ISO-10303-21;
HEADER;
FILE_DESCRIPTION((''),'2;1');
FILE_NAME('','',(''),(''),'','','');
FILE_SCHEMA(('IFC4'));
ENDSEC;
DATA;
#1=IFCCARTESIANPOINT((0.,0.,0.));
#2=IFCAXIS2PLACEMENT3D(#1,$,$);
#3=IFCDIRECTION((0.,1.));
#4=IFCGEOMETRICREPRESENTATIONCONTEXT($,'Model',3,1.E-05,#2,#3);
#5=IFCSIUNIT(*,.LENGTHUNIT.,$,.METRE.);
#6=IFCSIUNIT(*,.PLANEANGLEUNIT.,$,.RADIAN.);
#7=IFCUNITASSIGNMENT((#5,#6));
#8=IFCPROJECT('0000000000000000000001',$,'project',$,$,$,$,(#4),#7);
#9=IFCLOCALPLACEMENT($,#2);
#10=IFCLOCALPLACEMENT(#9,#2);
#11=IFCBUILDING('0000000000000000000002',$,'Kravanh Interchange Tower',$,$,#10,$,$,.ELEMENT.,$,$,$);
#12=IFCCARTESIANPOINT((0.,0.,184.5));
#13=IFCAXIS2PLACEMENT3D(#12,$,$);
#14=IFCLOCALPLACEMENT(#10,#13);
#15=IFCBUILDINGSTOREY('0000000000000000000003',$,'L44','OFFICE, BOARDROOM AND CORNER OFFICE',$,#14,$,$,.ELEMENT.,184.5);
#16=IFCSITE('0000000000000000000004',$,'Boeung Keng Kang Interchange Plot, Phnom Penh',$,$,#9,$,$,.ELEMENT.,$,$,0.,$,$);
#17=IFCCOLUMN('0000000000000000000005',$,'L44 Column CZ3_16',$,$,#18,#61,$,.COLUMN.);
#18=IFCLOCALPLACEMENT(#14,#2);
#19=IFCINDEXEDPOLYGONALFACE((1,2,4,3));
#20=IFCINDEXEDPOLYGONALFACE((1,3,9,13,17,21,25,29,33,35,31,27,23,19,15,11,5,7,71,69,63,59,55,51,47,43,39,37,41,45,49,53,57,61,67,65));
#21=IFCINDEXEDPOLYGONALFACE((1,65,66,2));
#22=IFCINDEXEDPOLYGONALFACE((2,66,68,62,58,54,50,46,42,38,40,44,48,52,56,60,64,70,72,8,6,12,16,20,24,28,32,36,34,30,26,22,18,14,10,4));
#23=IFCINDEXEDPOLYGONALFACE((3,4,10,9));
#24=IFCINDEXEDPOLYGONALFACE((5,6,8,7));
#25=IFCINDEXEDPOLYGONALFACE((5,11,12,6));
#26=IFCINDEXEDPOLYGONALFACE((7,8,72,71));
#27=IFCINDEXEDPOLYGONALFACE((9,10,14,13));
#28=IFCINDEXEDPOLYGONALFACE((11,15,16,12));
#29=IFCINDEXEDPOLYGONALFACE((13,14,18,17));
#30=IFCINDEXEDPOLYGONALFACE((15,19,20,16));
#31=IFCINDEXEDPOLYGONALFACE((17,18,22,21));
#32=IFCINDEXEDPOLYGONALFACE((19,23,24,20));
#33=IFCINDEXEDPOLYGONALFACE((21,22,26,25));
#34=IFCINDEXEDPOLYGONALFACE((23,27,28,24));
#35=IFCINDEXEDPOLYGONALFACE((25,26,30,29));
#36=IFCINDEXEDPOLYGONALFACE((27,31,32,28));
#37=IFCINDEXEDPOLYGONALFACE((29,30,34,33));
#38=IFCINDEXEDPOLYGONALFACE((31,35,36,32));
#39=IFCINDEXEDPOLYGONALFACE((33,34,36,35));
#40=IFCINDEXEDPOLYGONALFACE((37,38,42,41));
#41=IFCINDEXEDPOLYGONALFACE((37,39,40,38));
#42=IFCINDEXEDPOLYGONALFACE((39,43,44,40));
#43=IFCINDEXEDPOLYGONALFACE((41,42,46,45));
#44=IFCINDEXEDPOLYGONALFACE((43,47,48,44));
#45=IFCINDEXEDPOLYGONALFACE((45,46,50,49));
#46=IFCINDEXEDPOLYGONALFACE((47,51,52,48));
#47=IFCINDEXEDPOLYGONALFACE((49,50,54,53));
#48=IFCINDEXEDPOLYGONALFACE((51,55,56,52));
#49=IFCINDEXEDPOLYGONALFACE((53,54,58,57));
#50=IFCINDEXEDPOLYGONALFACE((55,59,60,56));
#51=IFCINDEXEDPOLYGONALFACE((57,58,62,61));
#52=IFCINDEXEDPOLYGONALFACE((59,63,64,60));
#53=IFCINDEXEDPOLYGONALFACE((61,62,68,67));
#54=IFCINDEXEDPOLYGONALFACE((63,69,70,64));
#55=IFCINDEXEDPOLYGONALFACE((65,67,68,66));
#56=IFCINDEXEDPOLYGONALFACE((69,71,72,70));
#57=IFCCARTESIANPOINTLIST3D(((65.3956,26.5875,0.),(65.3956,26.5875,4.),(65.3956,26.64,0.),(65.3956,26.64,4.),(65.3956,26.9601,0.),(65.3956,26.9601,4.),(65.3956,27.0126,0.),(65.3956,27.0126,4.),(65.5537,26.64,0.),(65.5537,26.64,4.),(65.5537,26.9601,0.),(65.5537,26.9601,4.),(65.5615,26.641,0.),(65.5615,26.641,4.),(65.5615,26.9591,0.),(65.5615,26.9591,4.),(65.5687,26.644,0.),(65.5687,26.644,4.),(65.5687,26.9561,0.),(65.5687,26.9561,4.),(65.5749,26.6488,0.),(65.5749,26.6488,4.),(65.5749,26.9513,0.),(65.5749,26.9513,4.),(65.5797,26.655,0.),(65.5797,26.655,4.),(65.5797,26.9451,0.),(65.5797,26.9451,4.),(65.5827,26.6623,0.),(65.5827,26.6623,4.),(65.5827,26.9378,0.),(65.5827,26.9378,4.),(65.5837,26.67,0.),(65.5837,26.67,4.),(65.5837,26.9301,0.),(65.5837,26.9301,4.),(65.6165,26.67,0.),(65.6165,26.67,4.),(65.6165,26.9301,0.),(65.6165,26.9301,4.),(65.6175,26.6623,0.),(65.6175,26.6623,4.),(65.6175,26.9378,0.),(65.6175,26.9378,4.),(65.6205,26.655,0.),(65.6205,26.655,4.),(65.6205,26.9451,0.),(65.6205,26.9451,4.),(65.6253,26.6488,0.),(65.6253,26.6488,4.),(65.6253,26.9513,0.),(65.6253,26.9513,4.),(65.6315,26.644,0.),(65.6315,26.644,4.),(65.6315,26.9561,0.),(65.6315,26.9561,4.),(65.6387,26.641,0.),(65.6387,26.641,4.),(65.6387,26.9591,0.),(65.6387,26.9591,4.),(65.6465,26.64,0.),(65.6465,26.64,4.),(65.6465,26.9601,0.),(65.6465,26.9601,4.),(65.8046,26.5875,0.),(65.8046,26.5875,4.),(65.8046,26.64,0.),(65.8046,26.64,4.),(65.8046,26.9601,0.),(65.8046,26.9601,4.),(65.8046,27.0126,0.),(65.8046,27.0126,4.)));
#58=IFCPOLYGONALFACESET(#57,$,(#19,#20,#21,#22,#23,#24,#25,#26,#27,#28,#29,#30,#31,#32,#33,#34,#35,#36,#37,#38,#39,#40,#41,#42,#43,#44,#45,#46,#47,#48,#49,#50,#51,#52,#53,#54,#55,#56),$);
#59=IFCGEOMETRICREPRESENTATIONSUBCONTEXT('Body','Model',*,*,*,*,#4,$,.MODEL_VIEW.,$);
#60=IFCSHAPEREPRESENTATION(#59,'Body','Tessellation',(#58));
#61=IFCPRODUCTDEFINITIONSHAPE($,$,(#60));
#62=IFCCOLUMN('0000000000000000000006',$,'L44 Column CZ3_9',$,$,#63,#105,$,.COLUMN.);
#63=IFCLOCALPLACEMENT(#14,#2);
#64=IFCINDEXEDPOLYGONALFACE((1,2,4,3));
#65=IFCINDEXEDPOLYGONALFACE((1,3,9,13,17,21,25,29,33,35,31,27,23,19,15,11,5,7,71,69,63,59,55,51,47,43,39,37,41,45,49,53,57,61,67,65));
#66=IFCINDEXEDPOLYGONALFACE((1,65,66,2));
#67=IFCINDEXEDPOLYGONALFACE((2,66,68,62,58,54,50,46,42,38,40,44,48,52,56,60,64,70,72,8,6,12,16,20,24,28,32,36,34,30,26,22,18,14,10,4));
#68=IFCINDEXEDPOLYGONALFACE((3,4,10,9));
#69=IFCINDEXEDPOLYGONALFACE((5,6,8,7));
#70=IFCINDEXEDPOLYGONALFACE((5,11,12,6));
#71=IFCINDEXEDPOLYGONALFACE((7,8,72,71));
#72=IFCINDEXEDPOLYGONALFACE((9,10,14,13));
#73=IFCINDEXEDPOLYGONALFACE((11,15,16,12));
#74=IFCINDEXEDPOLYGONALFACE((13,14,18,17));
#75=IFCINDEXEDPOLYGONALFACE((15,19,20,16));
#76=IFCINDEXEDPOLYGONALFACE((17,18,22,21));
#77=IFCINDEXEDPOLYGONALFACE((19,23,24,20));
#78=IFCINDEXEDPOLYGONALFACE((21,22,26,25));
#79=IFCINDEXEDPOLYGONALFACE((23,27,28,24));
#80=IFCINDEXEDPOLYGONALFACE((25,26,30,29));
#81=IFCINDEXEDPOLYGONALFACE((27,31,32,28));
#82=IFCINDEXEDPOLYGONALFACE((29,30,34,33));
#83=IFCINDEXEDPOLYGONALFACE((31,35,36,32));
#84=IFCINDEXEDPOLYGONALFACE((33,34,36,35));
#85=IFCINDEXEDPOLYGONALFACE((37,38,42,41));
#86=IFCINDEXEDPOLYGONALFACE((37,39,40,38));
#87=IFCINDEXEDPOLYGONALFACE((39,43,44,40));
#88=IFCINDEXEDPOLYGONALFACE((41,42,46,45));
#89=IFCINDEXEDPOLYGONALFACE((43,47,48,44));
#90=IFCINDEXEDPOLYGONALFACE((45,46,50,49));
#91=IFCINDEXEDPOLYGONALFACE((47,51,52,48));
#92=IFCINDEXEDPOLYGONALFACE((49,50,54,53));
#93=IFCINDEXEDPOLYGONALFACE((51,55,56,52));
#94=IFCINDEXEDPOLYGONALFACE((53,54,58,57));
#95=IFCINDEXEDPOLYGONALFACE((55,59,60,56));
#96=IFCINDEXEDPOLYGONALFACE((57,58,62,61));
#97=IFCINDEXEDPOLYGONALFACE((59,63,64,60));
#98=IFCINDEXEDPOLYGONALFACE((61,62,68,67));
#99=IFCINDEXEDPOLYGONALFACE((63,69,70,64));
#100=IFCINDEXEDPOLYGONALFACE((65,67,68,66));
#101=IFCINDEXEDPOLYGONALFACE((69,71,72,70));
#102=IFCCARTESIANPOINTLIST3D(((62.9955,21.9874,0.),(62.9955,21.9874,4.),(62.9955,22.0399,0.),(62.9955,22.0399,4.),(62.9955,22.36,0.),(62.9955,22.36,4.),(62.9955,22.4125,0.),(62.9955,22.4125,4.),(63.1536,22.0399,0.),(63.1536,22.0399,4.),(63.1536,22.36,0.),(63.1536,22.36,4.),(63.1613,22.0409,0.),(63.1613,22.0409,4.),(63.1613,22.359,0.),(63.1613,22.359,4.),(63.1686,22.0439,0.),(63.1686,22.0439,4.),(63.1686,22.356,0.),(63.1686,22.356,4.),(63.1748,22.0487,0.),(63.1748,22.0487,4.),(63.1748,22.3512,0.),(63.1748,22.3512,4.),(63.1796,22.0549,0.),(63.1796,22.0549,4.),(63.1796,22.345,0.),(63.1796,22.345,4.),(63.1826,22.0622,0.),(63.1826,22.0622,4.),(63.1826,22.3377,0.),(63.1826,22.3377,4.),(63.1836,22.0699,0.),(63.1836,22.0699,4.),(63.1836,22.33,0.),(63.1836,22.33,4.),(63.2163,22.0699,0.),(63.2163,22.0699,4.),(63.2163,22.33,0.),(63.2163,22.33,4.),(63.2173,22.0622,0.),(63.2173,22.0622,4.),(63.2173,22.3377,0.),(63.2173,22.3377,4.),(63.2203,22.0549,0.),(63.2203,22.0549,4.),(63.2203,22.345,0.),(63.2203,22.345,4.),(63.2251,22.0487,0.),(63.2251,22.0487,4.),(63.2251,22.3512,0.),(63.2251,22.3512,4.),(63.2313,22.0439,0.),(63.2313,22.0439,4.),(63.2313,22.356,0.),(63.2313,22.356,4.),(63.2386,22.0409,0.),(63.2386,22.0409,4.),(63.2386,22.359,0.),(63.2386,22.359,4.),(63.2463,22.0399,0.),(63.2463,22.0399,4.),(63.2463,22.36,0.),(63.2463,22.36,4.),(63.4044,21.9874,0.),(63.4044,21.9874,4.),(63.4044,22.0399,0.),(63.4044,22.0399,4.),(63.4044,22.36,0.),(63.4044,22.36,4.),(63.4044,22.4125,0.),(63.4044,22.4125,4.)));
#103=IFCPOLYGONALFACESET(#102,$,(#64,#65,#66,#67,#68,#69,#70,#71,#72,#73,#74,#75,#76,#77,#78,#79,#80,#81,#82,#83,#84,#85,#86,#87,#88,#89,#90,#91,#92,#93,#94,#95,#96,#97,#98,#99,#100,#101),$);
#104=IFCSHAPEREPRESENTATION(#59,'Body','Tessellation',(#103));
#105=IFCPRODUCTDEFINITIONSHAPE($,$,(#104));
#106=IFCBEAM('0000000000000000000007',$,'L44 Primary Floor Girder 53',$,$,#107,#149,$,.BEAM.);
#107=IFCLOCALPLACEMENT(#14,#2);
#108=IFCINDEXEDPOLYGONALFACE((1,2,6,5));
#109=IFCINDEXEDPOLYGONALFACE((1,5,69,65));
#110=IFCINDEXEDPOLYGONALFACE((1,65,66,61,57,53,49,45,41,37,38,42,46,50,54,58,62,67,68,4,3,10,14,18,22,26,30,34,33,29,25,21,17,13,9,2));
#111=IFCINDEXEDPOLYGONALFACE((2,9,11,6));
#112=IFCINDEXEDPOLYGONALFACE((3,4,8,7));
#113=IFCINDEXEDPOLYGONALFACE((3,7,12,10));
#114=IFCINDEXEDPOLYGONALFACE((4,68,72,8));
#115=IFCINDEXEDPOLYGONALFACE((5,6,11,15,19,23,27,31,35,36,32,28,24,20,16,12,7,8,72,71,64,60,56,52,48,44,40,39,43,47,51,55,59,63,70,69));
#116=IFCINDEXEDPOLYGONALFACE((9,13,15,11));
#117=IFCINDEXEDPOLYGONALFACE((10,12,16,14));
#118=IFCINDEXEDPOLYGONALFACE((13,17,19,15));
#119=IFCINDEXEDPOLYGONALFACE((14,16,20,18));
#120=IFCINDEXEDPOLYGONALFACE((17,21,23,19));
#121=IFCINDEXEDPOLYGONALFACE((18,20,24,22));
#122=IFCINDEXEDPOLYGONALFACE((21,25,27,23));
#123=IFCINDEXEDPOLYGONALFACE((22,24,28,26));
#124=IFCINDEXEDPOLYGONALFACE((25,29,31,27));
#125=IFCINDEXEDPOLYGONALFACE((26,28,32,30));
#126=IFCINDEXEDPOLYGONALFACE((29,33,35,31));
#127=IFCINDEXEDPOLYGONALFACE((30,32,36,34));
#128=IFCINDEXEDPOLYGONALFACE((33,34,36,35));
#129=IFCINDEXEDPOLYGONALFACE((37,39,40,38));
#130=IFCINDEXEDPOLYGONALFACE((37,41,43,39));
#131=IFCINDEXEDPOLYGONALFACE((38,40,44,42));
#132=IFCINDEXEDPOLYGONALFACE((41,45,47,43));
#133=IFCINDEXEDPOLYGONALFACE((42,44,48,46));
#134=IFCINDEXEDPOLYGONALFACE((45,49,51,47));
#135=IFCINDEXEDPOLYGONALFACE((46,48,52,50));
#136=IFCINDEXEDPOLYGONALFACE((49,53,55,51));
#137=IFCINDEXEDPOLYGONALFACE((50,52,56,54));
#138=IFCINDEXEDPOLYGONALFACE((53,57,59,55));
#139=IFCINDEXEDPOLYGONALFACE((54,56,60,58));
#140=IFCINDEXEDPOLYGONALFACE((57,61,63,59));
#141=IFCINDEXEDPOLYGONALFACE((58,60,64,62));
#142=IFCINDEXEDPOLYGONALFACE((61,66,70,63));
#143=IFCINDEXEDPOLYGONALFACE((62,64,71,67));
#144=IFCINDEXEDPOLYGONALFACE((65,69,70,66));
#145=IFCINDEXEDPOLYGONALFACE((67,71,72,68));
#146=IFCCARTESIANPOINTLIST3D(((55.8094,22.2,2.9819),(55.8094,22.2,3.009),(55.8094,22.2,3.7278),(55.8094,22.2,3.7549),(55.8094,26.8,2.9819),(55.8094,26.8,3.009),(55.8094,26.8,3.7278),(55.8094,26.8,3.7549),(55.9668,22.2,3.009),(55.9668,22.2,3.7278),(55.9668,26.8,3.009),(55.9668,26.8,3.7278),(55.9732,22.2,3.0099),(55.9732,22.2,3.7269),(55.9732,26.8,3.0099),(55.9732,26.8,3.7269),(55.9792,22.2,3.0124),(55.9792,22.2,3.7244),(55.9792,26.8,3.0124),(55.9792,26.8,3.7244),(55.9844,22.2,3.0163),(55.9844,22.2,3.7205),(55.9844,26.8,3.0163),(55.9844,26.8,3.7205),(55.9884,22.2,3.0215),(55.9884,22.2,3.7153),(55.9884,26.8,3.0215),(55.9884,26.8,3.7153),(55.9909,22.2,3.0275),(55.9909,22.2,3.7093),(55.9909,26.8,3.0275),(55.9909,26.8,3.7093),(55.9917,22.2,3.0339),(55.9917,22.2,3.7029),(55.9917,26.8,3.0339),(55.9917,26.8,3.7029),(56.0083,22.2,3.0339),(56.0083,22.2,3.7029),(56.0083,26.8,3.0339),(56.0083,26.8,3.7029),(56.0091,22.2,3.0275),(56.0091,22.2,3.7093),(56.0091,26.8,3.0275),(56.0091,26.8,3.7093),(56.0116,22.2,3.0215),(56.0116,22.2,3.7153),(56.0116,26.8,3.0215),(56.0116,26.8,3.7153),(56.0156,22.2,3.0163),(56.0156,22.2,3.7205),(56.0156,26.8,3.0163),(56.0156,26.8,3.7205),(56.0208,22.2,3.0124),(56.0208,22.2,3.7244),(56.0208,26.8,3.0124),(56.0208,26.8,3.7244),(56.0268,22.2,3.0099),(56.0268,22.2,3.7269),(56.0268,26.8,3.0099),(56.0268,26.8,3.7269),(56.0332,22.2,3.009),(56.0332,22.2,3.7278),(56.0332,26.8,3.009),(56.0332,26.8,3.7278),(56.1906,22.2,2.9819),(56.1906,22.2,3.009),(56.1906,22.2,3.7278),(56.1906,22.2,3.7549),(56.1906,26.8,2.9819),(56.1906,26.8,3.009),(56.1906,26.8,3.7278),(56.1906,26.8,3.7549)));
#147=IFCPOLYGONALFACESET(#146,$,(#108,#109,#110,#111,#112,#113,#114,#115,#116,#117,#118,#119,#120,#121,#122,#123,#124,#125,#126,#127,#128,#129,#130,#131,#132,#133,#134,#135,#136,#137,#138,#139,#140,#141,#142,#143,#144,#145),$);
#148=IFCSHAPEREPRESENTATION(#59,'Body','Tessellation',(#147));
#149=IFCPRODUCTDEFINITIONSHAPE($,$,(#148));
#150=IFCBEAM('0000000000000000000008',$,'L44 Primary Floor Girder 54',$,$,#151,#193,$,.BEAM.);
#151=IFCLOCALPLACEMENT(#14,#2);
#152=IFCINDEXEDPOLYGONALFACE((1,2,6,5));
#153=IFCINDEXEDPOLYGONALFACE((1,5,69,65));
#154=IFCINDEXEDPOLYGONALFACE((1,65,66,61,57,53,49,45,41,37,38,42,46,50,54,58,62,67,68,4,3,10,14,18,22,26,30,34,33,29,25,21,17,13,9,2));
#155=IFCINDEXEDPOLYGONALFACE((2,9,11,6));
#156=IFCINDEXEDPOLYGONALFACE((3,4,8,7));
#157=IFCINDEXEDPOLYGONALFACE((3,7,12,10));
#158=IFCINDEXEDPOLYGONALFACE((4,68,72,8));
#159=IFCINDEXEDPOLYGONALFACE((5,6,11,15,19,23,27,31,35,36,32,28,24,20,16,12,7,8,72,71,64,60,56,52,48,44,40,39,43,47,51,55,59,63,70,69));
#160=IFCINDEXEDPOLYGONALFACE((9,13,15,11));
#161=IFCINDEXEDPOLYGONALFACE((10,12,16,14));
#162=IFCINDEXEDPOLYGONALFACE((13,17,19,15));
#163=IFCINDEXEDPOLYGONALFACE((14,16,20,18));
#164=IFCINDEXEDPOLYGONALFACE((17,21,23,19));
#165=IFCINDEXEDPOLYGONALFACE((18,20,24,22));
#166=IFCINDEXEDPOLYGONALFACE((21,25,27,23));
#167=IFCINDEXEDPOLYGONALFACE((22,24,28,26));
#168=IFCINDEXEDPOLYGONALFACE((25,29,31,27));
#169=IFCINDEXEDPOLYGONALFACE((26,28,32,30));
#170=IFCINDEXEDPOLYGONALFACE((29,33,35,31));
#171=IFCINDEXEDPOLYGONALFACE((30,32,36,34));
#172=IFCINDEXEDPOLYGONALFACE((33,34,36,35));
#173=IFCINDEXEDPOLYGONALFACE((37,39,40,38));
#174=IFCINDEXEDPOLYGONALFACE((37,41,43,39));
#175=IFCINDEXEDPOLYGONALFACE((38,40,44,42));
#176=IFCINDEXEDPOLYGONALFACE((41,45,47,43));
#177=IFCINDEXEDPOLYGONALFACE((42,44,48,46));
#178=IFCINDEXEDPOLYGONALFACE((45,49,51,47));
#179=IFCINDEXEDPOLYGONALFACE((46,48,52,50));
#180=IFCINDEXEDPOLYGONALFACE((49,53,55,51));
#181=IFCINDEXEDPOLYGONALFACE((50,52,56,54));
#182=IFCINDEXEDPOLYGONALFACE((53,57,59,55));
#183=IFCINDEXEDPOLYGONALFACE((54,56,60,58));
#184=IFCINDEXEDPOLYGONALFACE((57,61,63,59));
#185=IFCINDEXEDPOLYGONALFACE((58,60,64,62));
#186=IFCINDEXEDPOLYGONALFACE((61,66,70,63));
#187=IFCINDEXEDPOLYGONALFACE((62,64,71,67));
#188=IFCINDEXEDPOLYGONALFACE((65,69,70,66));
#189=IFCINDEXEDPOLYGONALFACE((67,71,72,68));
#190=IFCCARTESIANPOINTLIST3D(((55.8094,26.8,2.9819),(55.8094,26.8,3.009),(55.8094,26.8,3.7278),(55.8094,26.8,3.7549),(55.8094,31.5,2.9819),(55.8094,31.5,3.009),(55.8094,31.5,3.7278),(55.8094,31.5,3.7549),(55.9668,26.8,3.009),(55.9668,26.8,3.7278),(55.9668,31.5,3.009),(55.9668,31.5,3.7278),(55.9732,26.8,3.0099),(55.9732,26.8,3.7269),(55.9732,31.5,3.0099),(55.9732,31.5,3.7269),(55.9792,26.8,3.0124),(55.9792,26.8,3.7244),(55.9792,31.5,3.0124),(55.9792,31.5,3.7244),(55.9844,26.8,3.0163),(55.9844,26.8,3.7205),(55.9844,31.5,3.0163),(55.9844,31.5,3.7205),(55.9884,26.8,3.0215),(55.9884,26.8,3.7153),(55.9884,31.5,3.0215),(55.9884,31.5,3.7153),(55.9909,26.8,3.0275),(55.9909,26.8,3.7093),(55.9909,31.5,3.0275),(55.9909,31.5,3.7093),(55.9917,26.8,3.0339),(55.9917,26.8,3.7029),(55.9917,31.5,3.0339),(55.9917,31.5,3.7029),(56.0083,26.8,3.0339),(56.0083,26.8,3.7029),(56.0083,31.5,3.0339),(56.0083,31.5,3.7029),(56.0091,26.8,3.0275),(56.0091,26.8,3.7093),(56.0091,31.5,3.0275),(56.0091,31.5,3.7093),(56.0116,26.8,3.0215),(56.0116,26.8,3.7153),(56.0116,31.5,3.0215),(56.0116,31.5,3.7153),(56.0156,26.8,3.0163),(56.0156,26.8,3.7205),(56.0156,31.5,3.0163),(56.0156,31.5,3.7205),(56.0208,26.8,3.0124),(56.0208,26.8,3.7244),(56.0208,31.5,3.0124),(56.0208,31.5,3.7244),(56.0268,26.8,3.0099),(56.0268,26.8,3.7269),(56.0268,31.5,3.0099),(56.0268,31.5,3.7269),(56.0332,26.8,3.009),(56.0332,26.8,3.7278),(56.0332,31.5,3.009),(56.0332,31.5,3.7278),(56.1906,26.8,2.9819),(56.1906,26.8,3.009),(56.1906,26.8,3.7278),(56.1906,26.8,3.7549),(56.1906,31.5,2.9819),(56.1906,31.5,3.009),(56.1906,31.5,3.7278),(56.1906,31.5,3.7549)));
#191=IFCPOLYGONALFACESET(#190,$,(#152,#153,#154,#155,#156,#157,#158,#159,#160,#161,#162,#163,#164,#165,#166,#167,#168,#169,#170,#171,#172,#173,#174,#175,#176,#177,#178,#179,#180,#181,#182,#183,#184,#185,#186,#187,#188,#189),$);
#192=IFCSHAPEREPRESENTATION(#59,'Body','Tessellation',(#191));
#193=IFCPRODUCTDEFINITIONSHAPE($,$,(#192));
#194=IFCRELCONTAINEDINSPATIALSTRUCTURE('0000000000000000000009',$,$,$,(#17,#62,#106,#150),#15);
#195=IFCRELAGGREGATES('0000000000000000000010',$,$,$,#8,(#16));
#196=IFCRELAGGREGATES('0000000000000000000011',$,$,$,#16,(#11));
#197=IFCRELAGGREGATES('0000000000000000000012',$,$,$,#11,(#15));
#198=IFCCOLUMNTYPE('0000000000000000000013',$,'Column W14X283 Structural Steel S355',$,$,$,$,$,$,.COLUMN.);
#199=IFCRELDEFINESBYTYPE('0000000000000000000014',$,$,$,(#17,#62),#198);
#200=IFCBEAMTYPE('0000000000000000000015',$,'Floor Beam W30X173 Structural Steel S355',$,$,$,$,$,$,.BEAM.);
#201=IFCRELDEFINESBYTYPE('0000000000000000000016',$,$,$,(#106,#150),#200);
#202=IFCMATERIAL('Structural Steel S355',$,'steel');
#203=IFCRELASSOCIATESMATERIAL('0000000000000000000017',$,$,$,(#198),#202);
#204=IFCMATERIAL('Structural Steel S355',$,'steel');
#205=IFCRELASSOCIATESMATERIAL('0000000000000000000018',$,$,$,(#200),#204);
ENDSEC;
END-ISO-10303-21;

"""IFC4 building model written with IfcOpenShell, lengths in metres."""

from ifc_helpers import new_model, si_unit, direction, frame, origin, origin_2d, place, context, subcontext, project, spatial, i_section, extrude, material, material_profile, profile_set, type_object, element, save


model = new_model("IFC4")

# Units and contexts
model_context = context("Model", 3, precision=1e-05, world=origin(), true_north=direction((0.0, 1.0)))
body_context = subcontext(model_context, "Body", "Model", "MODEL_VIEW")
ifc_project = project(units=[si_unit("LENGTHUNIT", "METRE"), si_unit("PLANEANGLEUNIT", "RADIAN")], contexts=[model_context])

# Site, building, storey
site_placement = place(None, origin())
site = spatial("IfcSite", under=ifc_project, at=site_placement, Name="Boeung Keng Kang Interchange Plot, Phnom Penh", CompositionType="ELEMENT", RefElevation=0.0)
building_placement = place(site_placement, origin())
building = spatial("IfcBuilding", under=site, at=building_placement, Name="Kravanh Interchange Tower", CompositionType="ELEMENT")
storey_placement = place(building_placement, frame((0.0, 0.0, 184.5)))
storey = spatial("IfcBuildingStorey", under=building, at=storey_placement, Name="L44", Description="OFFICE, BOARDROOM AND CORNER OFFICE", CompositionType="ELEMENT", Elevation=184.5)

# Columns
ifc_material_1 = material(Name="Structural Steel S355", Category="steel")
ifc_material_profile_1 = material_profile(ifc_material_1, i_section(OverallWidth=0.4089, OverallDepth=0.425, WebThickness=0.0327, FlangeThickness=0.0525, FilletRadius=0.03, at=origin_2d()), Name="W14X283")
ifc_profile_set_1 = profile_set([ifc_material_profile_1], Name="Structural Steel S355")
column_type = type_object("IfcColumnType", Name="Column W14X283 Structural Steel S355", PredefinedType="COLUMN", material=ifc_profile_set_1)
for number, where, z_axis, x_axis, name in (
    (1, (65.6001, 26.8, 0.0), (0.0, 0.0, 1.0), (1.0, 0.0, 0.0), "L44 Column CZ3_16"),
    (2, (63.2, 22.2, 0.0), (0.0, 0.0, 1.0), (1.0, 0.0, 0.0), "L44 Column CZ3_9"),
):
    element("IfcColumn", number, at=place(storey_placement, frame(where, z_axis=z_axis, x_axis=x_axis)), inside=storey, type_object=column_type, Name=name, PredefinedType="COLUMN", context=body_context, shape_type="SweptSolid", body=[
        extrude(i_section(OverallWidth=0.4089, OverallDepth=0.425, WebThickness=0.0327, FlangeThickness=0.0525, FilletRadius=0.03, at=origin_2d()), origin(), (0.0, 0.0, 1.0), 4.0),
    ])

# Beams
ifc_material_2 = material(Name="Structural Steel S355", Category="steel")
ifc_material_profile_2 = material_profile(ifc_material_2, i_section(OverallWidth=0.3811, OverallDepth=0.7729, WebThickness=0.0166, FlangeThickness=0.0271, FilletRadius=0.0249, at=origin_2d()), Name="W30X173")
ifc_profile_set_2 = profile_set([ifc_material_profile_2], Name="Structural Steel S355")
beam_type_1 = type_object("IfcBeamType", Name="Floor Beam W30X173 Structural Steel S355", PredefinedType="BEAM", material=ifc_profile_set_2)
beam_1_placement = place(storey_placement, frame((56.0, 26.8, 3.3684), z_axis=(0.0, -1.0, 0.0), x_axis=(1.0, 0.0, 0.0)))
element("IfcBeam", 3, at=beam_1_placement, inside=storey, type_object=beam_type_1, Name="L44 Primary Floor Girder 53", PredefinedType="BEAM", context=body_context, shape_type="SweptSolid", body=[
    extrude(i_section(OverallWidth=0.3811, OverallDepth=0.7729, WebThickness=0.0166, FlangeThickness=0.0271, FilletRadius=0.0249, at=origin_2d()), origin(), (0.0, 0.0, 1.0), 4.6001),
])
for number, where, z_axis, x_axis, name in (
    (4, (56.0, 26.8, 3.3684), (0.0, 1.0, 0.0), (-1.0, 0.0, 0.0), "L44 Primary Floor Girder 54"),
):
    element("IfcBeam", number, at=place(storey_placement, frame(where, z_axis=z_axis, x_axis=x_axis)), inside=storey, type_object=beam_type_1, Name=name, PredefinedType="BEAM", context=body_context, shape_type="SweptSolid", body=[
        extrude(i_section(OverallWidth=0.3811, OverallDepth=0.7729, WebThickness=0.0166, FlangeThickness=0.0271, FilletRadius=0.0249, at=origin_2d()), origin(), (0.0, 0.0, 1.0), 4.7),
    ])

save(model, "model.ifc")
